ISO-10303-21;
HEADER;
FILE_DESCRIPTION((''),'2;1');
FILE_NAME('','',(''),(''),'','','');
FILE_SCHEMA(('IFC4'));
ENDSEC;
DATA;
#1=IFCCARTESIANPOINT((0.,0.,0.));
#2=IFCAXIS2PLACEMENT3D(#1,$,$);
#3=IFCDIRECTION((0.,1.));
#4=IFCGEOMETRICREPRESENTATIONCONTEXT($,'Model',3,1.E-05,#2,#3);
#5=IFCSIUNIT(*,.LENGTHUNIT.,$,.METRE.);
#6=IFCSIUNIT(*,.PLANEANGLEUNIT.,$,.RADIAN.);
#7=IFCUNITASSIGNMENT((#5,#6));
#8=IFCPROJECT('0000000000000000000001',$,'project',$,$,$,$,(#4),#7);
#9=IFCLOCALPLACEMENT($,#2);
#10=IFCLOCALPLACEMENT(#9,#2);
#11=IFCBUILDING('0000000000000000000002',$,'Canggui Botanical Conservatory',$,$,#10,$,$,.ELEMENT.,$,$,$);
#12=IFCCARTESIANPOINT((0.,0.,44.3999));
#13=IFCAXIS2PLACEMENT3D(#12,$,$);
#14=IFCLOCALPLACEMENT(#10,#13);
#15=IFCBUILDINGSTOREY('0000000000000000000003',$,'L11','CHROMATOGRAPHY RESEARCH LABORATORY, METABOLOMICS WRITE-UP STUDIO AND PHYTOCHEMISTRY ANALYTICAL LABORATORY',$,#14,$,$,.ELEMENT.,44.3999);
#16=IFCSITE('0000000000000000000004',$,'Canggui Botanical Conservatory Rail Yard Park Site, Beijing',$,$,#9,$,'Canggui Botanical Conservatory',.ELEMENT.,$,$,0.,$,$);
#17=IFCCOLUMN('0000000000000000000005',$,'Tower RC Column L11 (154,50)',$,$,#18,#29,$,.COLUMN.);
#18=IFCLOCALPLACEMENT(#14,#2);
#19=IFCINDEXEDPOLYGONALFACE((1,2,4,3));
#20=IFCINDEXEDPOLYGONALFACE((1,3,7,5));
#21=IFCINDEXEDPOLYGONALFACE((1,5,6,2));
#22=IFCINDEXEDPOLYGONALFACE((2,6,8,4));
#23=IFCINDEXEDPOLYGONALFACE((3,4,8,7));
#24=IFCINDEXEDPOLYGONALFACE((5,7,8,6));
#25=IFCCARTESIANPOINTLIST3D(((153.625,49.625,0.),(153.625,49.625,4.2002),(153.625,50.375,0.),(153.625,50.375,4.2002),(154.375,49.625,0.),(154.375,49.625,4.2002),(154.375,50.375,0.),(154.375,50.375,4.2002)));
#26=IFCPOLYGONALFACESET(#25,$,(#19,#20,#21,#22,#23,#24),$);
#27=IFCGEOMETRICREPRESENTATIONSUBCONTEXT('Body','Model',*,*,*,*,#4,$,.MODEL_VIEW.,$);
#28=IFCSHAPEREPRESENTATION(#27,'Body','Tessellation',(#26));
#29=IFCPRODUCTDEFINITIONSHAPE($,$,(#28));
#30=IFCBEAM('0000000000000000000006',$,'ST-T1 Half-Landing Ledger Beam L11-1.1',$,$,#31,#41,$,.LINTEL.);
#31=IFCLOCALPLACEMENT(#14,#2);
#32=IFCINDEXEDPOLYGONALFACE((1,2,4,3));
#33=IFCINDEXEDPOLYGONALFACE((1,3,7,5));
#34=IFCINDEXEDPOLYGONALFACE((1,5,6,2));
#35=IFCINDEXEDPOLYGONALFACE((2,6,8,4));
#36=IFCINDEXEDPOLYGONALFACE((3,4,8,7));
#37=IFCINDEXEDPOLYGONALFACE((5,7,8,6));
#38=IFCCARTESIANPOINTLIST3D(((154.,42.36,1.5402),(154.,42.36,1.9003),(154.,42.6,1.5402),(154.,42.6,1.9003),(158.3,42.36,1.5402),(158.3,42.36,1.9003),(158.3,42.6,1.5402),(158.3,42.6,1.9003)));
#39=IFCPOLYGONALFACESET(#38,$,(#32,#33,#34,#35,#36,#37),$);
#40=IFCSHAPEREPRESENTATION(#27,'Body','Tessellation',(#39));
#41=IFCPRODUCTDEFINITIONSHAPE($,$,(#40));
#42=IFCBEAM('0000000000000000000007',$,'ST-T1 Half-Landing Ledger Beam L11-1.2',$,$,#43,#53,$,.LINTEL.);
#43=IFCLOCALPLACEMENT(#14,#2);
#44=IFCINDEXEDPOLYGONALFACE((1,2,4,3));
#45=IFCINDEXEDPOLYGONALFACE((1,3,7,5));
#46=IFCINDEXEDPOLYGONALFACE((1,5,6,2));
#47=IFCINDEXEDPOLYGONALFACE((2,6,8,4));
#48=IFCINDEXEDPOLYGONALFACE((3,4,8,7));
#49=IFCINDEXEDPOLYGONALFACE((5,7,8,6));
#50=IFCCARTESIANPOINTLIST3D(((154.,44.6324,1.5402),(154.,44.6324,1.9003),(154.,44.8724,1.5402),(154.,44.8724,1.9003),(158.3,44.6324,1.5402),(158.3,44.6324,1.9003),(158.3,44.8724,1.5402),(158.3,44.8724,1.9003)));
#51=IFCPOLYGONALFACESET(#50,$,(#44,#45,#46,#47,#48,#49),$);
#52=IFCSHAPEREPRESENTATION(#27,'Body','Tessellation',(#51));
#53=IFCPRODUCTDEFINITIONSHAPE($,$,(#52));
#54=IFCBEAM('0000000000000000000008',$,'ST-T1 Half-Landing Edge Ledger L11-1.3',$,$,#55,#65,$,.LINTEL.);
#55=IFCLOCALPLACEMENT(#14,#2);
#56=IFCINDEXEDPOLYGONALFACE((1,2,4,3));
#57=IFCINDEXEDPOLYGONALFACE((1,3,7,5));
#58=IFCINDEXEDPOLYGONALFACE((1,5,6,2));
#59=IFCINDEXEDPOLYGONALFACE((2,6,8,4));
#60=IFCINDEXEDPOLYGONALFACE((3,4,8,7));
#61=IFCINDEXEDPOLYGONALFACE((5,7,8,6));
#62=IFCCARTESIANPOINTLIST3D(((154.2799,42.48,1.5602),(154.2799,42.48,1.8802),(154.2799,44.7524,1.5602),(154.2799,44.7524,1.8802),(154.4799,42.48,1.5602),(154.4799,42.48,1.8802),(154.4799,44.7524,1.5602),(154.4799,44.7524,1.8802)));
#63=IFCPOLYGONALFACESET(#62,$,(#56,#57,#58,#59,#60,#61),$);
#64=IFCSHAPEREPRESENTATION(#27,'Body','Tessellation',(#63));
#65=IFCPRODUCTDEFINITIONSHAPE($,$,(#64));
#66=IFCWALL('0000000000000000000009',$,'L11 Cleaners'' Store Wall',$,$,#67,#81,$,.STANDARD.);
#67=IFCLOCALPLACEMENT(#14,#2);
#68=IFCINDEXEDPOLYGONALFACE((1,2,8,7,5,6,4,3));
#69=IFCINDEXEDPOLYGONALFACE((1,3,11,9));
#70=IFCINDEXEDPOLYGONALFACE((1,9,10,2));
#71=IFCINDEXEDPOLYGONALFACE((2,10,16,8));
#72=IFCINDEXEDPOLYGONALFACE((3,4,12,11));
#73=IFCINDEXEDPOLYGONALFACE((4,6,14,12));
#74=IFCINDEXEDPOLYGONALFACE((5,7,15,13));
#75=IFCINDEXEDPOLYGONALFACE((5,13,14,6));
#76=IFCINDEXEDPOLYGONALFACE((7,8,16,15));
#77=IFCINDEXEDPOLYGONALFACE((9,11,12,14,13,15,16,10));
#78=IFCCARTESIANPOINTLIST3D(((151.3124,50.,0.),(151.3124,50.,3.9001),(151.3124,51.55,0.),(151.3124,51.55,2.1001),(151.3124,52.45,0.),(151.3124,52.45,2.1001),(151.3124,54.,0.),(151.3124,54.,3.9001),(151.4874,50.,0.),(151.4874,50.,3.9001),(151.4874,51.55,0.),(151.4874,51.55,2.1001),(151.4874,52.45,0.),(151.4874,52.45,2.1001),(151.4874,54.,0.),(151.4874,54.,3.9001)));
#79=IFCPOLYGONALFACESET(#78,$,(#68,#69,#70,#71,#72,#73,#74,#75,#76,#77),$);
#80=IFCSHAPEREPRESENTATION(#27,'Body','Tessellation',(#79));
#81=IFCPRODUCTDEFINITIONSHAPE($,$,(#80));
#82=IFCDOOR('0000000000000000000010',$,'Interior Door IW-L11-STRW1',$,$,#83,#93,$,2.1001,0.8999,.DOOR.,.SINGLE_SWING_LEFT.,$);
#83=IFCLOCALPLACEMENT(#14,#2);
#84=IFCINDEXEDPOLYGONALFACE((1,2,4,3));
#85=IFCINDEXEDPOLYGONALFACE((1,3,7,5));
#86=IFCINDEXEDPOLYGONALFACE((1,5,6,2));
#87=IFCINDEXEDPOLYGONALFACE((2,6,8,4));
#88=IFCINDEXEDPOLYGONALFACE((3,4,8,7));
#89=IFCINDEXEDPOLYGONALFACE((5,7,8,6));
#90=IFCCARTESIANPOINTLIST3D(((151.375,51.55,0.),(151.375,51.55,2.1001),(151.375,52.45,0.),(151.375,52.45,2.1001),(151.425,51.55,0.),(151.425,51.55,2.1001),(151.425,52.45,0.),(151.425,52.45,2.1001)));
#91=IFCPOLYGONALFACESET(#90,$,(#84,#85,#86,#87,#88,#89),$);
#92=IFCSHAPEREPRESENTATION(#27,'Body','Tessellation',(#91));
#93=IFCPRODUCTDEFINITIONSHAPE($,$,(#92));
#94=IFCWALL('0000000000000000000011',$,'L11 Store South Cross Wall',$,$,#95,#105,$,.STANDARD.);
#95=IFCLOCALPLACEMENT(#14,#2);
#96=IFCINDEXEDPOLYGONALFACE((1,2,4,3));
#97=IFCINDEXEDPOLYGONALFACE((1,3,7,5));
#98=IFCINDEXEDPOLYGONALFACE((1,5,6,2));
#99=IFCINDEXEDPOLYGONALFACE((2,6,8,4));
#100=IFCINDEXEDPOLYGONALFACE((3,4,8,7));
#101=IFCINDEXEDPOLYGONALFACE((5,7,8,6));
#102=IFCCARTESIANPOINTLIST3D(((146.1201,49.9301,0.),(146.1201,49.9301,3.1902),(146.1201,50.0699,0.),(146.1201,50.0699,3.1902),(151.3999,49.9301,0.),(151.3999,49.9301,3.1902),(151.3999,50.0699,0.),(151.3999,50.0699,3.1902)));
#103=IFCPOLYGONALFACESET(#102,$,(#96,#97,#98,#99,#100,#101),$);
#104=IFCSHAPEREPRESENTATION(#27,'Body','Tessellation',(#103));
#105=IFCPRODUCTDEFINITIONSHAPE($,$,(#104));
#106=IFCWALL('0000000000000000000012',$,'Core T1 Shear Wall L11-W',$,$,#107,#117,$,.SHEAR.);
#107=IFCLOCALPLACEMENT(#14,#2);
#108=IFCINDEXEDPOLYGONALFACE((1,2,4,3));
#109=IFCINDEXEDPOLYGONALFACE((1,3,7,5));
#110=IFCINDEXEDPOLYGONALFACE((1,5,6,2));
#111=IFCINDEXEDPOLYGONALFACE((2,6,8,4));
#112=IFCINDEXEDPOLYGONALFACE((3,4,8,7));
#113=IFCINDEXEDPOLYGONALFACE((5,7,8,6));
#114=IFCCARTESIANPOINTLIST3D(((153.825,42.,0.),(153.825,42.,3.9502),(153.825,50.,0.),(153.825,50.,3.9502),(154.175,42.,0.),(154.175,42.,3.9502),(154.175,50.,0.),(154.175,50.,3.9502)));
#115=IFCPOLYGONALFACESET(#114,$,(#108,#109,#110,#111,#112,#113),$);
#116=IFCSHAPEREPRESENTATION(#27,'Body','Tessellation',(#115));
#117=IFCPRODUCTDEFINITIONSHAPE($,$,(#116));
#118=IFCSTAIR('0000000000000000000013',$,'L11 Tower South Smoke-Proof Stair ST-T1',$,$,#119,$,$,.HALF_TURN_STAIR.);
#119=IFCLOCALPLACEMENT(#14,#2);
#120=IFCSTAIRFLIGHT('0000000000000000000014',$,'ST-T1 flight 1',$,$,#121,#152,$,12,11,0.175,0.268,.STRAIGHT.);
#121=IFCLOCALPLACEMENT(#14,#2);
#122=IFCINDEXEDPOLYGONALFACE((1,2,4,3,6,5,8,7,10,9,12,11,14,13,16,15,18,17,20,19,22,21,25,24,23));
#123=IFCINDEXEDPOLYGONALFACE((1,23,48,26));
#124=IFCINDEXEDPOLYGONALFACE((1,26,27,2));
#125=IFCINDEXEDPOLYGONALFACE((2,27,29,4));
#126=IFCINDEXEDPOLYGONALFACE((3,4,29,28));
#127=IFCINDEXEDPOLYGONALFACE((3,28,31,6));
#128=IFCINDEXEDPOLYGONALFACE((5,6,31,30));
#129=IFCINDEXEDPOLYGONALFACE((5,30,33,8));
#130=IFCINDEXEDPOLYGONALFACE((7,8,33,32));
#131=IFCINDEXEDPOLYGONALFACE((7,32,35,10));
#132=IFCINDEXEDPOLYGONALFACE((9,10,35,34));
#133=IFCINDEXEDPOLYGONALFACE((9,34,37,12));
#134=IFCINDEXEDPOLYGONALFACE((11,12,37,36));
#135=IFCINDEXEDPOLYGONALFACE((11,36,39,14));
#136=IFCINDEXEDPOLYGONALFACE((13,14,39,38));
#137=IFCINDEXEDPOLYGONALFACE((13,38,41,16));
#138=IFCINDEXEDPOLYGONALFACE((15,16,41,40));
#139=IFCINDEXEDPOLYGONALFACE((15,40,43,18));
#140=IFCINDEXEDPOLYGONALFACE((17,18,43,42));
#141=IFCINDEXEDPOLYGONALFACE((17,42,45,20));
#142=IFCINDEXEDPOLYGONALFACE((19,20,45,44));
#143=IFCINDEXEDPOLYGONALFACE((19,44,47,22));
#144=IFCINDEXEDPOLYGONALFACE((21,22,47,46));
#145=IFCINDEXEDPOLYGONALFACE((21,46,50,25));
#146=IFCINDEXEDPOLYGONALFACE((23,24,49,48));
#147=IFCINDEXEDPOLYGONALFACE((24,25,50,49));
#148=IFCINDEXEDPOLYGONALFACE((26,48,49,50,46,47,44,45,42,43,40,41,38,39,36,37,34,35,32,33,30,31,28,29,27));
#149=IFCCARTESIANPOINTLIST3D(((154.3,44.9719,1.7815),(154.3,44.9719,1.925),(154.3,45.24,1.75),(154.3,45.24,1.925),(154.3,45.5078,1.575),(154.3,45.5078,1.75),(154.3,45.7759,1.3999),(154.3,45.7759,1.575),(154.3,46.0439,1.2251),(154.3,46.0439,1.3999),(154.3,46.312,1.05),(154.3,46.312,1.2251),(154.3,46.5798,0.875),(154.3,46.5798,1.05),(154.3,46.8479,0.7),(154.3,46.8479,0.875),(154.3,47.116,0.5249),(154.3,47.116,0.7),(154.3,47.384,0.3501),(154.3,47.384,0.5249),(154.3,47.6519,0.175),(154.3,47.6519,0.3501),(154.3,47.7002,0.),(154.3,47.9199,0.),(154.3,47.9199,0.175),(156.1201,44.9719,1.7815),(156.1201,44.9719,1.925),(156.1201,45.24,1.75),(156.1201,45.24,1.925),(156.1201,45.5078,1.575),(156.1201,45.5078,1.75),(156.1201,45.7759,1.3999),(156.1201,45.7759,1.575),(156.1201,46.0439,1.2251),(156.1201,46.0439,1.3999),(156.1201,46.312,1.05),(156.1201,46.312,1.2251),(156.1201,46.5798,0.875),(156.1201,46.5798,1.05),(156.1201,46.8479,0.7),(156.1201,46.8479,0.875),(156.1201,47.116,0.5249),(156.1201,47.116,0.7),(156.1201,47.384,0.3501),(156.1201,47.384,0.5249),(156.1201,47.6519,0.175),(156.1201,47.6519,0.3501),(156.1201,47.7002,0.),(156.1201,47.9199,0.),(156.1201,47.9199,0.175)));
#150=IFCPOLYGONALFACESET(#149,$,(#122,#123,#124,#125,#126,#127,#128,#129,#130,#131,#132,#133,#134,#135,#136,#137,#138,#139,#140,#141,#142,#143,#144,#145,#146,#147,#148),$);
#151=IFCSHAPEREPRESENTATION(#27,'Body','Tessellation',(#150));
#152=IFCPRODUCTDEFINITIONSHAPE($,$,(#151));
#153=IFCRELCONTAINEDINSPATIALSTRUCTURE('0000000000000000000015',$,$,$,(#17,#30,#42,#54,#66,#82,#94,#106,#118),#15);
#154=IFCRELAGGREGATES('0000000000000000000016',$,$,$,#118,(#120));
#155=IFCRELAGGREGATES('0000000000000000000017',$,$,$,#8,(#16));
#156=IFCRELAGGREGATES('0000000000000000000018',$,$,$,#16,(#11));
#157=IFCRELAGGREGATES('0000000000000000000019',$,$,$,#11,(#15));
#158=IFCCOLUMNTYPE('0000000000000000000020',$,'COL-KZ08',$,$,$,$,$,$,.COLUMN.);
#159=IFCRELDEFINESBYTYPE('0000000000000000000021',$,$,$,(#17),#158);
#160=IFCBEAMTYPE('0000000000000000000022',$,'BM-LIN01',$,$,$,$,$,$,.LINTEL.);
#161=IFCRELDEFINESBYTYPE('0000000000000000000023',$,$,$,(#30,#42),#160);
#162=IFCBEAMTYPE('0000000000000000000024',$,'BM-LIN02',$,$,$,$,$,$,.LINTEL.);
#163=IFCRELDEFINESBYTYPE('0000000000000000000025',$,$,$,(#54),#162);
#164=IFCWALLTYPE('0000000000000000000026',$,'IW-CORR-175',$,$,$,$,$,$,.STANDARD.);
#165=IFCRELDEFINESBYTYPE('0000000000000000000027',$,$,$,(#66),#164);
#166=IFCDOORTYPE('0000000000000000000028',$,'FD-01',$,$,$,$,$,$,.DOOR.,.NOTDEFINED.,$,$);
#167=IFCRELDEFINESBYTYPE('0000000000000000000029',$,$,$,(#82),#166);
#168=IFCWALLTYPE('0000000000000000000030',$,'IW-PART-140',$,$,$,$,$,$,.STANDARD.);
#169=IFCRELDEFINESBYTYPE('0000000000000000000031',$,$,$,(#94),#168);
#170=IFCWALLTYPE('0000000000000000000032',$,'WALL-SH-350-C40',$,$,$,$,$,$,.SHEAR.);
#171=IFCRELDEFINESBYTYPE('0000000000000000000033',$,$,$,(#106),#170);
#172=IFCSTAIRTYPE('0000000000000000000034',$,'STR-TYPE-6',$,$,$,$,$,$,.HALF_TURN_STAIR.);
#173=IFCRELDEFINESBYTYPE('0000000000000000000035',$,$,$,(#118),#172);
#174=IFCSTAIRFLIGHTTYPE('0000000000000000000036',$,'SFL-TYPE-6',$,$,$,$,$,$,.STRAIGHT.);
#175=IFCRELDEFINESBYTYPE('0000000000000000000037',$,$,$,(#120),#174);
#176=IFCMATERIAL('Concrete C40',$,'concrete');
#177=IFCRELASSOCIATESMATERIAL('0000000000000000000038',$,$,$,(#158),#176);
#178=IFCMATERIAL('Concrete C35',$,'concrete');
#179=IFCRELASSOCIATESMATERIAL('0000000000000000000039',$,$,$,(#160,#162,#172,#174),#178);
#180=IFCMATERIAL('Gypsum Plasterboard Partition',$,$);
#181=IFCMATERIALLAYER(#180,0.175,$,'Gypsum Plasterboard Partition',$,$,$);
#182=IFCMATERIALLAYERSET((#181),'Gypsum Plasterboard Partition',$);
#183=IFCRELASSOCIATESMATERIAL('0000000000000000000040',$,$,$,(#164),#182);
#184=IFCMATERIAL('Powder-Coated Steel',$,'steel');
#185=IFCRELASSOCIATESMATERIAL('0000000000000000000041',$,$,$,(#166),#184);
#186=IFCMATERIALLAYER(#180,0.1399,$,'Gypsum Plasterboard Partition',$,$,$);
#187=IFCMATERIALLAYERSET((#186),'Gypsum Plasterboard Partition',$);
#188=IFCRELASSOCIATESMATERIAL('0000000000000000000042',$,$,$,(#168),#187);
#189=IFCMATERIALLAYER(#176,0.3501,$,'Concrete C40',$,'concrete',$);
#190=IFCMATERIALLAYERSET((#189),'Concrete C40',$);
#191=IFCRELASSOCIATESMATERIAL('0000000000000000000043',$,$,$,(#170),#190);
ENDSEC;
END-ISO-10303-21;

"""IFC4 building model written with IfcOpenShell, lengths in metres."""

from ifc_helpers import new_model, si_unit, direction, frame, frame_2d, origin, origin_2d, place, context, subcontext, project, spatial, polyline, rectangle, outline, extrude, material, layer, layer_set, material_profile, profile_set, type_object, element, fill, aggregate, save


model = new_model("IFC4")

# Units and contexts
model_context = context("Model", 3, precision=1e-05, world=origin(), true_north=direction((0.0, 1.0)))
body_context = subcontext(model_context, "Body", "Model", "MODEL_VIEW")
ifc_project = project(units=[si_unit("LENGTHUNIT", "METRE"), si_unit("PLANEANGLEUNIT", "RADIAN")], contexts=[model_context])

# Site, building, storey
site_placement = place(None, origin())
site = spatial("IfcSite", under=ifc_project, at=site_placement, Name="Canggui Botanical Conservatory Rail Yard Park Site, Beijing", LongName="Canggui Botanical Conservatory", CompositionType="ELEMENT", RefElevation=0.0)
building_placement = place(site_placement, origin())
building = spatial("IfcBuilding", under=site, at=building_placement, Name="Canggui Botanical Conservatory", CompositionType="ELEMENT")
storey_placement = place(building_placement, frame((0.0, 0.0, 44.3999)))
storey = spatial("IfcBuildingStorey", under=building, at=storey_placement, Name="L11", Description="CHROMATOGRAPHY RESEARCH LABORATORY, METABOLOMICS WRITE-UP STUDIO AND PHYTOCHEMISTRY ANALYTICAL LABORATORY", CompositionType="ELEMENT", Elevation=44.3999)

# Column
ifc_material_1 = material(Name="Concrete C40", Category="concrete")
ifc_material_profile_1 = material_profile(ifc_material_1, rectangle(XDim=0.75, YDim=0.75, at=origin_2d()), Name="RC 750x750")
ifc_profile_set_1 = profile_set([ifc_material_profile_1], Name="Concrete C40")
column_type = type_object("IfcColumnType", Name="COL-KZ08", PredefinedType="COLUMN", material=ifc_profile_set_1)
column_placement = place(storey_placement, frame((154.0, 50.0, 0.0), z_axis=(0.0, 0.0, 1.0), x_axis=(1.0, 0.0, 0.0)))
element("IfcColumn", 1, at=column_placement, inside=storey, type_object=column_type, Name="Tower RC Column L11 (154,50)", PredefinedType="COLUMN", context=body_context, shape_type="SweptSolid", body=[
    extrude(rectangle(XDim=0.75, YDim=0.75, at=origin_2d()), origin(), (0.0, 0.0, 1.0), 4.2002),
])

# Beams
ifc_material_2 = material(Name="Concrete C35", Category="concrete")
ifc_material_profile_2 = material_profile(ifc_material_2, rectangle(XDim=0.24, YDim=0.3601, at=origin_2d()), Name="RB 240x360")
ifc_profile_set_2 = profile_set([ifc_material_profile_2], Name="Concrete C35")
beam_type_1 = type_object("IfcBeamType", Name="BM-LIN01", PredefinedType="LINTEL", material=ifc_profile_set_2)
for number, where, z_axis, x_axis, name in (
    (2, (154.0, 42.48, 1.7202), (1.0, 0.0, 0.0), (0.0, 1.0, 0.0), "ST-T1 Half-Landing Ledger Beam L11-1.1"),
    (3, (154.0, 44.7524, 1.7202), (1.0, 0.0, 0.0), (0.0, 1.0, 0.0), "ST-T1 Half-Landing Ledger Beam L11-1.2"),
):
    element("IfcBeam", number, at=place(storey_placement, frame(where, z_axis=z_axis, x_axis=x_axis)), inside=storey, type_object=beam_type_1, Name=name, PredefinedType="LINTEL", context=body_context, shape_type="SweptSolid", body=[
        extrude(rectangle(XDim=0.24, YDim=0.3601, at=origin_2d()), origin(), (0.0, 0.0, 1.0), 4.3),
    ])
ifc_material_profile_3 = material_profile(ifc_material_2, rectangle(XDim=0.2, YDim=0.3201, at=origin_2d()), Name="RB 200x320")
ifc_profile_set_3 = profile_set([ifc_material_profile_3], Name="Concrete C35")
beam_type_2 = type_object("IfcBeamType", Name="BM-LIN02", PredefinedType="LINTEL", material=ifc_profile_set_3)
beam_placement = place(storey_placement, frame((154.3799, 42.48, 1.7202), z_axis=(0.0, 1.0, 0.0), x_axis=(-1.0, 0.0, 0.0)))
element("IfcBeam", 4, at=beam_placement, inside=storey, type_object=beam_type_2, Name="ST-T1 Half-Landing Edge Ledger L11-1.3", PredefinedType="LINTEL", context=body_context, shape_type="SweptSolid", body=[
    extrude(rectangle(XDim=0.2, YDim=0.3201, at=origin_2d()), origin(), (0.0, 0.0, 1.0), 2.2725),
])

# Wall, opening, door
ifc_material_3 = material(Name="Gypsum Plasterboard Partition")
ifc_layer_1 = layer(ifc_material_3, 0.175, Name="Gypsum Plasterboard Partition")
ifc_layer_set_1 = layer_set([ifc_layer_1], Name="Gypsum Plasterboard Partition")
wall_type_1 = type_object("IfcWallType", Name="IW-CORR-175", PredefinedType="STANDARD", material=ifc_layer_set_1)
wall_1_placement = place(storey_placement, frame((151.3999, 50.0, 0.0), z_axis=(0.0, 0.0, 1.0), x_axis=(0.0, 1.0, 0.0)))
wall_1 = element("IfcWall", 5, at=wall_1_placement, inside=storey, type_object=wall_type_1, Name="L11 Cleaners' Store Wall", PredefinedType="STANDARD", context=body_context, shape_type="SweptSolid", body=[
    extrude(rectangle(XDim=4.0, YDim=0.175, at=frame_2d((2.0, 0.0))), origin(), (0.0, 0.0, 1.0), 3.9001),
])
opening_placement = place(wall_1_placement, frame((1.55, 0.0, 0.0)))
opening = element("IfcOpeningElement", 6, at=opening_placement, cuts=wall_1, PredefinedType="OPENING", context=body_context, shape_type="SweptSolid", body=[
    extrude(rectangle(XDim=0.8999, YDim=2.1001, at=frame_2d((0.45, 1.05))), frame((0.0, 0.0977, 0.0), z_axis=(0.0, -1.0, 0.0), x_axis=(1.0, 0.0, 0.0)), (0.0, 0.0, 1.0), 0.1951),
])
ifc_material_4 = material(Name="Powder-Coated Steel", Category="steel")
door_type = type_object("IfcDoorType", Name="FD-01", OperationType="NOTDEFINED", PredefinedType="DOOR", material=ifc_material_4)
door_placement = place(opening_placement, origin())
door = element("IfcDoor", 7, at=door_placement, inside=storey, type_object=door_type, Name="Interior Door IW-L11-STRW1", OperationType="SINGLE_SWING_LEFT", OverallHeight=2.1001, OverallWidth=0.8999, PredefinedType="DOOR", context=body_context, shape_type="SweptSolid", body=[
    extrude(rectangle(XDim=0.8999, YDim=2.1001, at=frame_2d((0.45, 1.05))), frame((0.0, 0.0249, 0.0), z_axis=(0.0, -1.0, 0.0), x_axis=(1.0, 0.0, 0.0)), (0.0, 0.0, 1.0), 0.05),
])
fill(opening, door)

# Walls
ifc_layer_2 = layer(ifc_material_3, 0.1399, Name="Gypsum Plasterboard Partition")
ifc_layer_set_2 = layer_set([ifc_layer_2], Name="Gypsum Plasterboard Partition")
wall_type_2 = type_object("IfcWallType", Name="IW-PART-140", PredefinedType="STANDARD", material=ifc_layer_set_2)
wall_2_placement = place(storey_placement, frame((146.1201, 50.0, 0.0), z_axis=(0.0, 0.0, 1.0), x_axis=(1.0, 0.0, 0.0)))
element("IfcWall", 8, at=wall_2_placement, inside=storey, type_object=wall_type_2, Name="L11 Store South Cross Wall", PredefinedType="STANDARD", context=body_context, shape_type="SweptSolid", body=[
    extrude(rectangle(XDim=5.2798, YDim=0.1399, at=frame_2d((2.6399, 0.0))), origin(), (0.0, 0.0, 1.0), 3.1902),
])
ifc_layer_3 = layer(ifc_material_1, 0.3501, Name="Concrete C40", Category="concrete")
ifc_layer_set_3 = layer_set([ifc_layer_3], Name="Concrete C40")
wall_type_3 = type_object("IfcWallType", Name="WALL-SH-350-C40", PredefinedType="SHEAR", material=ifc_layer_set_3)
wall_3_placement = place(storey_placement, frame((154.0, 50.0, 0.0), z_axis=(0.0, 0.0, 1.0), x_axis=(0.0, -1.0, 0.0)))
element("IfcWall", 9, at=wall_3_placement, inside=storey, type_object=wall_type_3, Name="Core T1 Shear Wall L11-W", PredefinedType="SHEAR", context=body_context, shape_type="SweptSolid", body=[
    extrude(rectangle(XDim=8.0, YDim=0.3501, at=frame_2d((4.0, 0.0))), origin(), (0.0, 0.0, 1.0), 3.9502),
])

# Stair, stair flight
stair_type = type_object("IfcStairType", Name="STR-TYPE-6", PredefinedType="HALF_TURN_STAIR", material=ifc_material_2)
stair_placement = place(storey_placement, origin())
stair = element("IfcStair", 10, at=stair_placement, inside=storey, type_object=stair_type, Name="L11 Tower South Smoke-Proof Stair ST-T1", PredefinedType="HALF_TURN_STAIR")
stair_flight_type = type_object("IfcStairFlightType", Name="SFL-TYPE-6", PredefinedType="STRAIGHT", material=ifc_material_2)
stair_flight_1_placement = place(storey_placement, frame((155.21, 47.9199, 0.0), z_axis=(0.0, 0.0, 1.0), x_axis=(0.0, -1.0, 0.0)))
stair_flight_1 = element("IfcStairFlight", 11, at=stair_flight_1_placement, type_object=stair_flight_type, Name="ST-T1 flight 1", NumberOfRisers=12, NumberOfTreads=11, PredefinedType="STRAIGHT", RiserHeight=0.175, TreadLength=0.268, context=body_context, shape_type="SweptSolid", body=[
    extrude(outline(polyline([(0.0, 0.0), (0.0, 0.175), (0.2681, 0.175), (0.2681, 0.3501), (0.5359, 0.3501), (0.5359, 0.5249), (0.804, 0.5249), (0.804, 0.7), (1.072, 0.7), (1.072, 0.875), (1.3401, 0.875), (1.3401, 1.05), (1.6079, 1.05), (1.6079, 1.2251), (1.876, 1.2251), (1.876, 1.3999), (2.144, 1.3999), (2.144, 1.575), (2.4121, 1.575), (2.4121, 1.75), (2.6799, 1.75), (2.6799, 1.925), (2.948, 1.925), (2.948, 2.1001), (2.948, 1.7815), (0.2197, 0.0), (0.0, 0.0)])), frame((0.0, 0.9102, 0.0), z_axis=(0.0, -1.0, 0.0), x_axis=(1.0, 0.0, 0.0)), (0.0, 0.0, 1.0), 1.8201),
])
aggregate(stair, [stair_flight_1])

save(model, "model.ifc")
